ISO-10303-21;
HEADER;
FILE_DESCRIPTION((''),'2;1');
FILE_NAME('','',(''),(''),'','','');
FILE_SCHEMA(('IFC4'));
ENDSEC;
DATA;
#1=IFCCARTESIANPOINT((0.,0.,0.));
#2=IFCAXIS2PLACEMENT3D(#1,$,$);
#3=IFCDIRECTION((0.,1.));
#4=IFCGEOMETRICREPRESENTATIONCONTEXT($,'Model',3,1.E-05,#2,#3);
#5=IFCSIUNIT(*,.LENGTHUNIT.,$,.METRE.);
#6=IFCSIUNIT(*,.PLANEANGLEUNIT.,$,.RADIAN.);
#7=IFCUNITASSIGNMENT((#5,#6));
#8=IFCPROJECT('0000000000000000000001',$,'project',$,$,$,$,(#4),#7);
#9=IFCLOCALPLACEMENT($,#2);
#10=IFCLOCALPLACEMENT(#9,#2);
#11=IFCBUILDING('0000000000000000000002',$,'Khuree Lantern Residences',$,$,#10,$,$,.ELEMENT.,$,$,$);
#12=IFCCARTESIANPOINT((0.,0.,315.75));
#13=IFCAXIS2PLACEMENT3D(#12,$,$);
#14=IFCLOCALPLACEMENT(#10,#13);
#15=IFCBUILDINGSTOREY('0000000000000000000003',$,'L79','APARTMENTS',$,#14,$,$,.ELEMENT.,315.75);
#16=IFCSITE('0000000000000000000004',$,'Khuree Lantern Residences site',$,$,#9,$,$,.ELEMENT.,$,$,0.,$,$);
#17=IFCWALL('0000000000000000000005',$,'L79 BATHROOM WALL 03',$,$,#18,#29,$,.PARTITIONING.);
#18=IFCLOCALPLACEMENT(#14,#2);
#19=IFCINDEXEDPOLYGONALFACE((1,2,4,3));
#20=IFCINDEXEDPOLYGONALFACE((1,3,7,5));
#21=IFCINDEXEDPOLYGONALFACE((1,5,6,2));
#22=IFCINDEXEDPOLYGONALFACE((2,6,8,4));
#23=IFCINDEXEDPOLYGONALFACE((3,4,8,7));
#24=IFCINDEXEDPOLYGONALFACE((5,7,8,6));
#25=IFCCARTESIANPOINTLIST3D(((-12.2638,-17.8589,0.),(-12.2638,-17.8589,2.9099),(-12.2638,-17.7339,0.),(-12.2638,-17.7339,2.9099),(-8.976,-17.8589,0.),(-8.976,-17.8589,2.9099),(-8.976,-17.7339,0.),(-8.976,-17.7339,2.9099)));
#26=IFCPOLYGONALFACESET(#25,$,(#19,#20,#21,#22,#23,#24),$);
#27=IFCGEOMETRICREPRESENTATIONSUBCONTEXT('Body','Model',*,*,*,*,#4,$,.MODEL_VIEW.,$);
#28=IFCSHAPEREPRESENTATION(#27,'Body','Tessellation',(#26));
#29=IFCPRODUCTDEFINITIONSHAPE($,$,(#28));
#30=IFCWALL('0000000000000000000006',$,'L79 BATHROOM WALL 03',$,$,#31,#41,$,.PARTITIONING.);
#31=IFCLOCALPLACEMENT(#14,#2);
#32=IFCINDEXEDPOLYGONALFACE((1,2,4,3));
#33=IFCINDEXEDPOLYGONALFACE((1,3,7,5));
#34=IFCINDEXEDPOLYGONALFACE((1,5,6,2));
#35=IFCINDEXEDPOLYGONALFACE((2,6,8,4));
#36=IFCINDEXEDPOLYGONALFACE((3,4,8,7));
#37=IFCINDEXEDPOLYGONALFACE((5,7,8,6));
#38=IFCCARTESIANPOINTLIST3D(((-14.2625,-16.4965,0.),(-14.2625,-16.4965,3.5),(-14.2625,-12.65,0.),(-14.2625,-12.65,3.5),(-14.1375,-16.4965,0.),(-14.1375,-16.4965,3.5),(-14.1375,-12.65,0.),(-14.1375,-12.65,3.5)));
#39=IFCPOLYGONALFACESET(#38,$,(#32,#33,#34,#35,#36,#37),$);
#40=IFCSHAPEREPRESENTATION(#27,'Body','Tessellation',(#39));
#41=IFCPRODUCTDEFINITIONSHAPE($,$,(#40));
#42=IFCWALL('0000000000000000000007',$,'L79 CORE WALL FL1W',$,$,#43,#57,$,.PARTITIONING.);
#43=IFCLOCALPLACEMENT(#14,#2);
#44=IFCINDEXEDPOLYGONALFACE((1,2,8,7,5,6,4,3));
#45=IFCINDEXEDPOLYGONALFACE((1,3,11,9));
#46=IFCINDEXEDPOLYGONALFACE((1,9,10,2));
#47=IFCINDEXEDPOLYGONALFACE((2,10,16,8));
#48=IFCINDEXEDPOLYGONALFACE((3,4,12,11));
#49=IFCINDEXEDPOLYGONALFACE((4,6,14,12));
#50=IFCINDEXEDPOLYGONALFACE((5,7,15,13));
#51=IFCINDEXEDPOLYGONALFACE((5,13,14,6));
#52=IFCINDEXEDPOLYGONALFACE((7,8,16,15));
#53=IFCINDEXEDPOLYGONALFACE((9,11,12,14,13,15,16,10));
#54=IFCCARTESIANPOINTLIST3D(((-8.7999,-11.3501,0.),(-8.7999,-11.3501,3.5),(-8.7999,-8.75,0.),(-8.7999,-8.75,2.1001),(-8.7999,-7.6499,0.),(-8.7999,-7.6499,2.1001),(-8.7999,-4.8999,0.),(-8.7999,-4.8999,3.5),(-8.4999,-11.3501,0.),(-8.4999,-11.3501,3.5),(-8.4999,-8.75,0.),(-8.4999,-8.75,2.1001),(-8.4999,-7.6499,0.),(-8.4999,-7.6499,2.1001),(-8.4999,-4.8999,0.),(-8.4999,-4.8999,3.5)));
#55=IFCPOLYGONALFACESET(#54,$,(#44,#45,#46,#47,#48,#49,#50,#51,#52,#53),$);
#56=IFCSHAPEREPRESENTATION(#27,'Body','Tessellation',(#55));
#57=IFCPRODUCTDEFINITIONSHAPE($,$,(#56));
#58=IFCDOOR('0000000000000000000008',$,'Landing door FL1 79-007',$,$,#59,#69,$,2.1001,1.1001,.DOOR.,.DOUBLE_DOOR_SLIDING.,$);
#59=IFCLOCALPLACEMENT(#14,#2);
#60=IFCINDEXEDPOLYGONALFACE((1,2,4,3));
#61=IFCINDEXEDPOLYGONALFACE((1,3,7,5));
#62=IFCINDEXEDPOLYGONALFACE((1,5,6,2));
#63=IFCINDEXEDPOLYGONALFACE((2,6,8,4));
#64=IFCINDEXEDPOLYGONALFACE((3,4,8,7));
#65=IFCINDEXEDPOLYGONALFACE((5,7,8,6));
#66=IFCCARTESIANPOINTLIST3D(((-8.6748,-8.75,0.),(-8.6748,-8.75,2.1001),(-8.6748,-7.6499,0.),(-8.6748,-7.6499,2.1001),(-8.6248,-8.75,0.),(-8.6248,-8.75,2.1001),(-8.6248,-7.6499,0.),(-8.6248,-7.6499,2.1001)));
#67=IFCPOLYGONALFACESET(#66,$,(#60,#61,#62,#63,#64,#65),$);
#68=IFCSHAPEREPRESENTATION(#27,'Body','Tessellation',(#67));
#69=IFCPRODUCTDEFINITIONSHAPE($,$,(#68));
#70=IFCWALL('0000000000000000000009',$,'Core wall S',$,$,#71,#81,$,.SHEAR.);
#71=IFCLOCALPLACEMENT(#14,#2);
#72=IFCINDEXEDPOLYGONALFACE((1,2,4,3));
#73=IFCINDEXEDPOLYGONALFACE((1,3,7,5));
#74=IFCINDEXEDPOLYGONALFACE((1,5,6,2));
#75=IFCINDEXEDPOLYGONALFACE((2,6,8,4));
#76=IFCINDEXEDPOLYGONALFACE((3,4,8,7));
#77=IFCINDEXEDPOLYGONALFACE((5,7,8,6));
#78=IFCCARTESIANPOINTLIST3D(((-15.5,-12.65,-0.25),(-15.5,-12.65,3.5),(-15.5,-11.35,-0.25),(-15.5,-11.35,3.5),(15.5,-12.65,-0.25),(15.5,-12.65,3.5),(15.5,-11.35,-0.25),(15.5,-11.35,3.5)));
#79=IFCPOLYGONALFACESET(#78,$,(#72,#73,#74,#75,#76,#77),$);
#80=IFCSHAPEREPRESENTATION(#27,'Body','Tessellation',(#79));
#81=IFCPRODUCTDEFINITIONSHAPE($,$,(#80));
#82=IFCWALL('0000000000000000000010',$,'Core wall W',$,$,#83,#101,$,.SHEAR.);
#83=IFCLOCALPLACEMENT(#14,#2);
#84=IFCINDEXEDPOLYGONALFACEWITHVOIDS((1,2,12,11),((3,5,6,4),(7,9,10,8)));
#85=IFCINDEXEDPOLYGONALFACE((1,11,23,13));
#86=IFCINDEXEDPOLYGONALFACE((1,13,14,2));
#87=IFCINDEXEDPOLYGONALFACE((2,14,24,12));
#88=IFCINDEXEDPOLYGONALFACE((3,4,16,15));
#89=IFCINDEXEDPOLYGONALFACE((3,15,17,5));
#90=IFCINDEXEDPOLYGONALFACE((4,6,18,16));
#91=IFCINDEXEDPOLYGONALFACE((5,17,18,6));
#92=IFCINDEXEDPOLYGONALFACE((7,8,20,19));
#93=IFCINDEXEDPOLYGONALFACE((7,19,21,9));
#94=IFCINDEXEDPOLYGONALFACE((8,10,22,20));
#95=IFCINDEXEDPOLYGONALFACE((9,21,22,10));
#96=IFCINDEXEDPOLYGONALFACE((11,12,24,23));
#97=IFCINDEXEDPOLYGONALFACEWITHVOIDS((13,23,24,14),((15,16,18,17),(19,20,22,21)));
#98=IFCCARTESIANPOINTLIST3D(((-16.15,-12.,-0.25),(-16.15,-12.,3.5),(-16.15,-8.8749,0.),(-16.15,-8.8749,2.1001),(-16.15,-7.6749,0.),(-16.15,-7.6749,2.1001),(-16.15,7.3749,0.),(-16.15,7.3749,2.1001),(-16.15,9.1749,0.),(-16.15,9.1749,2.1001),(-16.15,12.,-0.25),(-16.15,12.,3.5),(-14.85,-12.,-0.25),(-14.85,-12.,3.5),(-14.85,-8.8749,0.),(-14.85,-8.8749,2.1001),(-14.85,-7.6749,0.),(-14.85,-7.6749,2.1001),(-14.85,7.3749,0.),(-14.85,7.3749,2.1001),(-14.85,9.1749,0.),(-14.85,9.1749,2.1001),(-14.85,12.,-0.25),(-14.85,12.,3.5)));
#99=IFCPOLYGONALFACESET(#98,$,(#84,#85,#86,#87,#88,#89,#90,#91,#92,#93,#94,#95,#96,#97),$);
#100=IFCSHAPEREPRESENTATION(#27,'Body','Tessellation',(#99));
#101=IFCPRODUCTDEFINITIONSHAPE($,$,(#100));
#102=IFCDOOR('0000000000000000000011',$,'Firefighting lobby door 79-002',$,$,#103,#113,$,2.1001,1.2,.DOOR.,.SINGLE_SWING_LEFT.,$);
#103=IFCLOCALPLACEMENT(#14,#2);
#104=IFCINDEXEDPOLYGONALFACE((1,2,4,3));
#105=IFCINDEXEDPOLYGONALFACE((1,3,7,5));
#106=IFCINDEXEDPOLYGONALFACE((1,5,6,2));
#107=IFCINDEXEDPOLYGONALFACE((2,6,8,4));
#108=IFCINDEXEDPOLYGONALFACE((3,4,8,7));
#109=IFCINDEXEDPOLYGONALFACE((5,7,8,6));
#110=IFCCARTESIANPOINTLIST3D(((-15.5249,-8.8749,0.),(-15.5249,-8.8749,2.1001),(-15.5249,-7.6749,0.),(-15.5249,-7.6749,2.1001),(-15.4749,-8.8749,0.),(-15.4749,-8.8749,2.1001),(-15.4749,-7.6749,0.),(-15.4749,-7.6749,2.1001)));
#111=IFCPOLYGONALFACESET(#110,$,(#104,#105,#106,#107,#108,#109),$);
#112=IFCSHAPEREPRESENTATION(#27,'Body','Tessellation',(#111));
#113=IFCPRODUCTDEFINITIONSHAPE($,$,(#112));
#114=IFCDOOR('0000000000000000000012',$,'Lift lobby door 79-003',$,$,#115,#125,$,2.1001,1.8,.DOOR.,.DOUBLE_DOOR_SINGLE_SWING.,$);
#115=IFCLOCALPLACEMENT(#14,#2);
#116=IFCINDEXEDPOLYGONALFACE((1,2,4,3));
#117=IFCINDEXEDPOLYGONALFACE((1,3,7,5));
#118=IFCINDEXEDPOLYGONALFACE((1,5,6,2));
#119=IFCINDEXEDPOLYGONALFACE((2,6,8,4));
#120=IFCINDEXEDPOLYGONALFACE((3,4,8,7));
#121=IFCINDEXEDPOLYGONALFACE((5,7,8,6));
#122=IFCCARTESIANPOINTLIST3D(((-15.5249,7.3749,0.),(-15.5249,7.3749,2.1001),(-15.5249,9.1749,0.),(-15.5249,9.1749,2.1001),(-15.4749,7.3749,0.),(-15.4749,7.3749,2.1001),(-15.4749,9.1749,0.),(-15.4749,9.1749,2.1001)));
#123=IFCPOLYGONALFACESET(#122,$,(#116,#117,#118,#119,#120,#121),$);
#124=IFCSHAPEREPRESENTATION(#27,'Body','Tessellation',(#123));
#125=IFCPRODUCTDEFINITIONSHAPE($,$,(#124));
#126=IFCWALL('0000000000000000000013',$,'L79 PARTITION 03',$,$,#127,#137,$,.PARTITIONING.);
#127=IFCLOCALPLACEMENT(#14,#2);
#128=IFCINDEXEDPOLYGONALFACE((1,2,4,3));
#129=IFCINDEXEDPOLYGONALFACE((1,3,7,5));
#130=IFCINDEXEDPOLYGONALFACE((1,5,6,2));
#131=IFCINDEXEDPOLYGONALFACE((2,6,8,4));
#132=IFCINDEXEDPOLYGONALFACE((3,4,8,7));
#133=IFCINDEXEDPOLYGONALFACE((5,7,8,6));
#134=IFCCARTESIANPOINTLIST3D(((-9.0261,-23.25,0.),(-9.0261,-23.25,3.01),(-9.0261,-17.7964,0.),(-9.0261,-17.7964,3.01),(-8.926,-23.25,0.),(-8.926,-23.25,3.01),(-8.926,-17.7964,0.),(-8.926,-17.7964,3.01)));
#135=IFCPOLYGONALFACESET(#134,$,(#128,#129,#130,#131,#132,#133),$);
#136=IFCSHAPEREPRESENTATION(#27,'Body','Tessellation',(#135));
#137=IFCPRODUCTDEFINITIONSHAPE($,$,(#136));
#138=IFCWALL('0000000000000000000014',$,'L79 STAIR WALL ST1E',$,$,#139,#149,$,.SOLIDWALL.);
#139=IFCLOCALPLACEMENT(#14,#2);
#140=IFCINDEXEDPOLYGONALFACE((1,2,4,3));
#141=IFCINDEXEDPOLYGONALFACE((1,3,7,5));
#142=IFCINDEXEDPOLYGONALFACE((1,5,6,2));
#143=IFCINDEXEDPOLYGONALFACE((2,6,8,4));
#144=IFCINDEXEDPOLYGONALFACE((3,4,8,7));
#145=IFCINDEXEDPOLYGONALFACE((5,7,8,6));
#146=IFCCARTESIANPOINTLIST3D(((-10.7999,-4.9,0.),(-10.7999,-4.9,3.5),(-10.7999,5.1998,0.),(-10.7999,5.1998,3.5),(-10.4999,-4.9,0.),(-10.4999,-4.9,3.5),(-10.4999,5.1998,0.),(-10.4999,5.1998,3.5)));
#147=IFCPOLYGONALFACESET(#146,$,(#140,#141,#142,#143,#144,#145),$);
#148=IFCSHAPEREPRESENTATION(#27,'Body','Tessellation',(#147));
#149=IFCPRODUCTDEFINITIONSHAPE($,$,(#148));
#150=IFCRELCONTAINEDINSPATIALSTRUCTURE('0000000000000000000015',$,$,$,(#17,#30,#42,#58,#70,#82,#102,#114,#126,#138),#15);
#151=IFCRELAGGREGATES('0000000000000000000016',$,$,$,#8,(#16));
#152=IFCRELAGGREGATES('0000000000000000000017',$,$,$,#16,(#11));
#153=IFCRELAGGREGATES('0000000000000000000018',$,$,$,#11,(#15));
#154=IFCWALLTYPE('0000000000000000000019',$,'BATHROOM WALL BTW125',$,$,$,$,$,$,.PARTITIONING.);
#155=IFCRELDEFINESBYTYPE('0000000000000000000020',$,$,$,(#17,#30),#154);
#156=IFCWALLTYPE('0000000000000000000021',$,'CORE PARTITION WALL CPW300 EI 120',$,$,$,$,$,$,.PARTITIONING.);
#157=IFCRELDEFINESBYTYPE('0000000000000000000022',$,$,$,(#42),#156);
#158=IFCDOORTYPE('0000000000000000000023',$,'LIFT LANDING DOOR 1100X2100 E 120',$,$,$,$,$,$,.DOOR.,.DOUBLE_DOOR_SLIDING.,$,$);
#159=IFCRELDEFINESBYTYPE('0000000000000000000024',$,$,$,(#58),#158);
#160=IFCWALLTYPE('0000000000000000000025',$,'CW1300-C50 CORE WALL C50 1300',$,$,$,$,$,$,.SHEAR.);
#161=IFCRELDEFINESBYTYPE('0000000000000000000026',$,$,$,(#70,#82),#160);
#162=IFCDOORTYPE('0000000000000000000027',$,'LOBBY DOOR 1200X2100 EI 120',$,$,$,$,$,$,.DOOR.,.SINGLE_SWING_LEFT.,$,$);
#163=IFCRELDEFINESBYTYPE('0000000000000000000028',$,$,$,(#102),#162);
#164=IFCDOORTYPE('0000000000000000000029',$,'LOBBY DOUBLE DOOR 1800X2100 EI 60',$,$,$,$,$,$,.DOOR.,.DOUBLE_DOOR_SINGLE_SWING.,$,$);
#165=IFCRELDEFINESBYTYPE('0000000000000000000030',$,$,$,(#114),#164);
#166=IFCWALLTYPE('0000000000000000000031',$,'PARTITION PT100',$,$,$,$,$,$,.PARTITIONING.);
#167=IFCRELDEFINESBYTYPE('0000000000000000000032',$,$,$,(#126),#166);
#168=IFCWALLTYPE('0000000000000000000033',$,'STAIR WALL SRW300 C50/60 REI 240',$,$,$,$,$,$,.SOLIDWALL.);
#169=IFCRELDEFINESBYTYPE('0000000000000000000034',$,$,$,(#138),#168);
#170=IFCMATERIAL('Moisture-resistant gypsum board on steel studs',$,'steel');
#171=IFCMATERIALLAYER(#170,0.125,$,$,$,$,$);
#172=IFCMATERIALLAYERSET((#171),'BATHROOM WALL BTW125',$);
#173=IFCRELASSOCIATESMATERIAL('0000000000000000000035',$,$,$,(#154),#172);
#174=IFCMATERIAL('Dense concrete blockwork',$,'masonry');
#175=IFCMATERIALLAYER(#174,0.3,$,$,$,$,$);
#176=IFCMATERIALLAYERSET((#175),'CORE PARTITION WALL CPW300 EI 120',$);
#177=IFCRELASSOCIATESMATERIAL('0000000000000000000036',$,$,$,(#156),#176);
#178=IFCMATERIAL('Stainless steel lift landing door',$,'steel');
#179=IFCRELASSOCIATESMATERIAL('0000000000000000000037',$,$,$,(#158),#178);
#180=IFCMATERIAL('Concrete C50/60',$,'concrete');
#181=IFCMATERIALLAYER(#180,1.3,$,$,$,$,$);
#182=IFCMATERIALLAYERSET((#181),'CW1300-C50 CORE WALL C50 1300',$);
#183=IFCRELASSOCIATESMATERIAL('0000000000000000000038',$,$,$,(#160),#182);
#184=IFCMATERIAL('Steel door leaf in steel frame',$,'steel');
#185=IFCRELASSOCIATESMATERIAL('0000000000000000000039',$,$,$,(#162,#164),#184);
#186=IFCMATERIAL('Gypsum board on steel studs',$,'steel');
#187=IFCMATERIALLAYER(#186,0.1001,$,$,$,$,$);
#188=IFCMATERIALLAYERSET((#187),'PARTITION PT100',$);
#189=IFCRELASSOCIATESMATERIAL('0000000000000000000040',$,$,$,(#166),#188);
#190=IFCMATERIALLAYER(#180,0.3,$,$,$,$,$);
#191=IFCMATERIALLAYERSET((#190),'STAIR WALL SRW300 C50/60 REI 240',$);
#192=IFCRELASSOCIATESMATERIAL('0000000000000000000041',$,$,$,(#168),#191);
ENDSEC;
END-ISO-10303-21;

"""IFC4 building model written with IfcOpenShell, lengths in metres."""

from ifc_helpers import new_model, si_unit, direction, frame, frame_2d, origin, place, context, subcontext, project, spatial, rectangle, extrude, material, layer, layer_set, type_object, element, fill, save


model = new_model("IFC4")

# Units and contexts
model_context = context("Model", 3, precision=1e-05, world=origin(), true_north=direction((0.0, 1.0)))
body_context = subcontext(model_context, "Body", "Model", "MODEL_VIEW")
ifc_project = project(units=[si_unit("LENGTHUNIT", "METRE"), si_unit("PLANEANGLEUNIT", "RADIAN")], contexts=[model_context])

# Site, building, storey
site_placement = place(None, origin())
site = spatial("IfcSite", under=ifc_project, at=site_placement, Name="Khuree Lantern Residences site", CompositionType="ELEMENT", RefElevation=0.0)
building_placement = place(site_placement, origin())
building = spatial("IfcBuilding", under=site, at=building_placement, Name="Khuree Lantern Residences", CompositionType="ELEMENT")
storey_placement = place(building_placement, frame((0.0, 0.0, 315.75)))
storey = spatial("IfcBuildingStorey", under=building, at=storey_placement, Name="L79", Description="APARTMENTS", CompositionType="ELEMENT", Elevation=315.75)

# Walls
ifc_material_1 = material(Name="Moisture-resistant gypsum board on steel studs", Category="steel")
ifc_layer_1 = layer(ifc_material_1, 0.125)
ifc_layer_set_1 = layer_set([ifc_layer_1], Name="BATHROOM WALL BTW125")
wall_type_1 = type_object("IfcWallType", Name="BATHROOM WALL BTW125", PredefinedType="PARTITIONING", material=ifc_layer_set_1)
wall_1_placement = place(storey_placement, frame((-12.2639, -17.7964, 0.0), z_axis=(0.0, 0.0, 1.0), x_axis=(1.0, 0.0, 0.0)))
element("IfcWall", 1, at=wall_1_placement, inside=storey, type_object=wall_type_1, Name="L79 BATHROOM WALL 03", PredefinedType="PARTITIONING", context=body_context, shape_type="SweptSolid", body=[
    extrude(rectangle(XDim=3.2878, YDim=0.125, at=frame_2d((1.644, 0.0))), origin(), (0.0, 0.0, 1.0), 2.9099),
])
wall_2_placement = place(storey_placement, frame((-14.2, -12.6499, 0.0), z_axis=(0.0, 0.0, 1.0), x_axis=(0.0, -1.0, 0.0)))
element("IfcWall", 2, at=wall_2_placement, inside=storey, type_object=wall_type_1, Name="L79 BATHROOM WALL 03", PredefinedType="PARTITIONING", context=body_context, shape_type="SweptSolid", body=[
    extrude(rectangle(XDim=3.8464, YDim=0.125, at=frame_2d((1.9233, 0.0))), origin(), (0.0, 0.0, 1.0), 3.5),
])

# Wall, opening, door
ifc_material_2 = material(Name="Dense concrete blockwork", Category="masonry")
ifc_layer_2 = layer(ifc_material_2, 0.3)
ifc_layer_set_2 = layer_set([ifc_layer_2], Name="CORE PARTITION WALL CPW300 EI 120")
wall_type_2 = type_object("IfcWallType", Name="CORE PARTITION WALL CPW300 EI 120", PredefinedType="PARTITIONING", material=ifc_layer_set_2)
wall_3_placement = place(storey_placement, frame((-8.6499, -11.3501, 0.0), z_axis=(0.0, 0.0, 1.0), x_axis=(0.0, 1.0, 0.0)))
wall_3 = element("IfcWall", 3, at=wall_3_placement, inside=storey, type_object=wall_type_2, Name="L79 CORE WALL FL1W", PredefinedType="PARTITIONING", context=body_context, shape_type="SweptSolid", body=[
    extrude(rectangle(XDim=6.4502, YDim=0.3, at=frame_2d((3.2251, 0.0))), origin(), (0.0, 0.0, 1.0), 3.5),
])
opening_1_placement = place(wall_3_placement, frame((2.6001, 0.0, 0.0)))
opening_1 = element("IfcOpeningElement", 4, at=opening_1_placement, cuts=wall_3, PredefinedType="OPENING", context=body_context, shape_type="SweptSolid", body=[
    extrude(rectangle(XDim=1.1001, YDim=2.1001, at=frame_2d((0.55, 1.05))), frame((0.0, 0.1602, 0.0), z_axis=(0.0, -1.0, 0.0), x_axis=(1.0, 0.0, 0.0)), (0.0, 0.0, 1.0), 0.3201),
])
ifc_material_3 = material(Name="Stainless steel lift landing door", Category="steel")
door_type_1 = type_object("IfcDoorType", Name="LIFT LANDING DOOR 1100X2100 E 120", OperationType="DOUBLE_DOOR_SLIDING", PredefinedType="DOOR", material=ifc_material_3)
door_1_placement = place(opening_1_placement, origin())
door_1 = element("IfcDoor", 5, at=door_1_placement, inside=storey, type_object=door_type_1, Name="Landing door FL1 79-007", OperationType="DOUBLE_DOOR_SLIDING", OverallHeight=2.1001, OverallWidth=1.1001, PredefinedType="DOOR", context=body_context, shape_type="SweptSolid", body=[
    extrude(rectangle(XDim=1.1001, YDim=2.1001, at=frame_2d((0.55, 1.05))), frame((0.0, 0.0249, 0.0), z_axis=(0.0, -1.0, 0.0), x_axis=(1.0, 0.0, 0.0)), (0.0, 0.0, 1.0), 0.05),
])
fill(opening_1, door_1)

# Wall
ifc_material_4 = material(Name="Concrete C50/60", Category="concrete")
ifc_layer_3 = layer(ifc_material_4, 1.3)
ifc_layer_set_3 = layer_set([ifc_layer_3], Name="CW1300-C50 CORE WALL C50 1300")
wall_type_3 = type_object("IfcWallType", Name="CW1300-C50 CORE WALL C50 1300", PredefinedType="SHEAR", material=ifc_layer_set_3)
wall_4_placement = place(storey_placement, frame((-15.5, -12.0, -0.25), z_axis=(0.0, 0.0, 1.0), x_axis=(1.0, 0.0, 0.0)))
element("IfcWall", 6, at=wall_4_placement, inside=storey, type_object=wall_type_3, Name="Core wall S", PredefinedType="SHEAR", context=body_context, shape_type="SweptSolid", body=[
    extrude(rectangle(XDim=31.0, YDim=1.3, at=frame_2d((15.5, 0.0))), origin(), (0.0, 0.0, 1.0), 3.75),
])

# Wall, openings, doors
wall_5_placement = place(storey_placement, frame((-15.5, -12.0, -0.25), z_axis=(0.0, 0.0, 1.0), x_axis=(0.0, 1.0, 0.0)))
wall_5 = element("IfcWall", 7, at=wall_5_placement, inside=storey, type_object=wall_type_3, Name="Core wall W", PredefinedType="SHEAR", context=body_context, shape_type="SweptSolid", body=[
    extrude(rectangle(XDim=24.0, YDim=1.3, at=frame_2d((12.0, 0.0))), origin(), (0.0, 0.0, 1.0), 3.75),
])
opening_2_placement = place(wall_5_placement, frame((3.125, 0.0, 0.25)))
opening_2 = element("IfcOpeningElement", 8, at=opening_2_placement, cuts=wall_5, PredefinedType="OPENING", context=body_context, shape_type="SweptSolid", body=[
    extrude(rectangle(XDim=1.2, YDim=2.1001, at=frame_2d((0.6001, 1.05))), frame((0.0, 0.6602, 0.0), z_axis=(0.0, -1.0, 0.0), x_axis=(1.0, 0.0, 0.0)), (0.0, 0.0, 1.0), 1.3201),
])
opening_3_placement = place(wall_5_placement, frame((19.375, 0.0, 0.25)))
opening_3 = element("IfcOpeningElement", 9, at=opening_3_placement, cuts=wall_5, PredefinedType="OPENING", context=body_context, shape_type="SweptSolid", body=[
    extrude(rectangle(XDim=1.8, YDim=2.1001, at=frame_2d((0.8999, 1.05))), frame((0.0, 0.6602, 0.0), z_axis=(0.0, -1.0, 0.0), x_axis=(1.0, 0.0, 0.0)), (0.0, 0.0, 1.0), 1.3201),
])
ifc_material_5 = material(Name="Steel door leaf in steel frame", Category="steel")
door_type_2 = type_object("IfcDoorType", Name="LOBBY DOOR 1200X2100 EI 120", OperationType="SINGLE_SWING_LEFT", PredefinedType="DOOR", material=ifc_material_5)
door_2_placement = place(opening_2_placement, origin())
door_2 = element("IfcDoor", 10, at=door_2_placement, inside=storey, type_object=door_type_2, Name="Firefighting lobby door 79-002", OperationType="SINGLE_SWING_LEFT", OverallHeight=2.1001, OverallWidth=1.2, PredefinedType="DOOR", context=body_context, shape_type="SweptSolid", body=[
    extrude(rectangle(XDim=1.2, YDim=2.1001, at=frame_2d((0.6001, 1.05))), frame((0.0, 0.0249, 0.0), z_axis=(0.0, -1.0, 0.0), x_axis=(1.0, 0.0, 0.0)), (0.0, 0.0, 1.0), 0.05),
])
fill(opening_2, door_2)
door_type_3 = type_object("IfcDoorType", Name="LOBBY DOUBLE DOOR 1800X2100 EI 60", OperationType="DOUBLE_DOOR_SINGLE_SWING", PredefinedType="DOOR", material=ifc_material_5)
door_3_placement = place(opening_3_placement, origin())
door_3 = element("IfcDoor", 11, at=door_3_placement, inside=storey, type_object=door_type_3, Name="Lift lobby door 79-003", OperationType="DOUBLE_DOOR_SINGLE_SWING", OverallHeight=2.1001, OverallWidth=1.8, PredefinedType="DOOR", context=body_context, shape_type="SweptSolid", body=[
    extrude(rectangle(XDim=1.8, YDim=2.1001, at=frame_2d((0.8999, 1.05))), frame((0.0, 0.0249, 0.0), z_axis=(0.0, -1.0, 0.0), x_axis=(1.0, 0.0, 0.0)), (0.0, 0.0, 1.0), 0.05),
])
fill(opening_3, door_3)

# Walls
ifc_material_6 = material(Name="Gypsum board on steel studs", Category="steel")
ifc_layer_4 = layer(ifc_material_6, 0.1001)
ifc_layer_set_4 = layer_set([ifc_layer_4], Name="PARTITION PT100")
wall_type_4 = type_object("IfcWallType", Name="PARTITION PT100", PredefinedType="PARTITIONING", material=ifc_layer_set_4)
wall_6_placement = place(storey_placement, frame((-8.9761, -17.7964, 0.0), z_axis=(0.0, 0.0, 1.0), x_axis=(0.0, -1.0, 0.0)))
element("IfcWall", 12, at=wall_6_placement, inside=storey, type_object=wall_type_4, Name="L79 PARTITION 03", PredefinedType="PARTITIONING", context=body_context, shape_type="SweptSolid", body=[
    extrude(rectangle(XDim=5.4536, YDim=0.1001, at=frame_2d((2.7268, 0.0))), origin(), (0.0, 0.0, 1.0), 3.01),
])
ifc_layer_5 = layer(ifc_material_4, 0.3)
ifc_layer_set_5 = layer_set([ifc_layer_5], Name="STAIR WALL SRW300 C50/60 REI 240")
wall_type_5 = type_object("IfcWallType", Name="STAIR WALL SRW300 C50/60 REI 240", PredefinedType="SOLIDWALL", material=ifc_layer_set_5)
wall_7_placement = place(storey_placement, frame((-10.6499, -4.8999, 0.0), z_axis=(0.0, 0.0, 1.0), x_axis=(0.0, 1.0, 0.0)))
element("IfcWall", 13, at=wall_7_placement, inside=storey, type_object=wall_type_5, Name="L79 STAIR WALL ST1E", PredefinedType="SOLIDWALL", context=body_context, shape_type="SweptSolid", body=[
    extrude(rectangle(XDim=10.0999, YDim=0.3, at=frame_2d((5.0498, 0.0))), origin(), (0.0, 0.0, 1.0), 3.5),
])

save(model, "model.ifc")
